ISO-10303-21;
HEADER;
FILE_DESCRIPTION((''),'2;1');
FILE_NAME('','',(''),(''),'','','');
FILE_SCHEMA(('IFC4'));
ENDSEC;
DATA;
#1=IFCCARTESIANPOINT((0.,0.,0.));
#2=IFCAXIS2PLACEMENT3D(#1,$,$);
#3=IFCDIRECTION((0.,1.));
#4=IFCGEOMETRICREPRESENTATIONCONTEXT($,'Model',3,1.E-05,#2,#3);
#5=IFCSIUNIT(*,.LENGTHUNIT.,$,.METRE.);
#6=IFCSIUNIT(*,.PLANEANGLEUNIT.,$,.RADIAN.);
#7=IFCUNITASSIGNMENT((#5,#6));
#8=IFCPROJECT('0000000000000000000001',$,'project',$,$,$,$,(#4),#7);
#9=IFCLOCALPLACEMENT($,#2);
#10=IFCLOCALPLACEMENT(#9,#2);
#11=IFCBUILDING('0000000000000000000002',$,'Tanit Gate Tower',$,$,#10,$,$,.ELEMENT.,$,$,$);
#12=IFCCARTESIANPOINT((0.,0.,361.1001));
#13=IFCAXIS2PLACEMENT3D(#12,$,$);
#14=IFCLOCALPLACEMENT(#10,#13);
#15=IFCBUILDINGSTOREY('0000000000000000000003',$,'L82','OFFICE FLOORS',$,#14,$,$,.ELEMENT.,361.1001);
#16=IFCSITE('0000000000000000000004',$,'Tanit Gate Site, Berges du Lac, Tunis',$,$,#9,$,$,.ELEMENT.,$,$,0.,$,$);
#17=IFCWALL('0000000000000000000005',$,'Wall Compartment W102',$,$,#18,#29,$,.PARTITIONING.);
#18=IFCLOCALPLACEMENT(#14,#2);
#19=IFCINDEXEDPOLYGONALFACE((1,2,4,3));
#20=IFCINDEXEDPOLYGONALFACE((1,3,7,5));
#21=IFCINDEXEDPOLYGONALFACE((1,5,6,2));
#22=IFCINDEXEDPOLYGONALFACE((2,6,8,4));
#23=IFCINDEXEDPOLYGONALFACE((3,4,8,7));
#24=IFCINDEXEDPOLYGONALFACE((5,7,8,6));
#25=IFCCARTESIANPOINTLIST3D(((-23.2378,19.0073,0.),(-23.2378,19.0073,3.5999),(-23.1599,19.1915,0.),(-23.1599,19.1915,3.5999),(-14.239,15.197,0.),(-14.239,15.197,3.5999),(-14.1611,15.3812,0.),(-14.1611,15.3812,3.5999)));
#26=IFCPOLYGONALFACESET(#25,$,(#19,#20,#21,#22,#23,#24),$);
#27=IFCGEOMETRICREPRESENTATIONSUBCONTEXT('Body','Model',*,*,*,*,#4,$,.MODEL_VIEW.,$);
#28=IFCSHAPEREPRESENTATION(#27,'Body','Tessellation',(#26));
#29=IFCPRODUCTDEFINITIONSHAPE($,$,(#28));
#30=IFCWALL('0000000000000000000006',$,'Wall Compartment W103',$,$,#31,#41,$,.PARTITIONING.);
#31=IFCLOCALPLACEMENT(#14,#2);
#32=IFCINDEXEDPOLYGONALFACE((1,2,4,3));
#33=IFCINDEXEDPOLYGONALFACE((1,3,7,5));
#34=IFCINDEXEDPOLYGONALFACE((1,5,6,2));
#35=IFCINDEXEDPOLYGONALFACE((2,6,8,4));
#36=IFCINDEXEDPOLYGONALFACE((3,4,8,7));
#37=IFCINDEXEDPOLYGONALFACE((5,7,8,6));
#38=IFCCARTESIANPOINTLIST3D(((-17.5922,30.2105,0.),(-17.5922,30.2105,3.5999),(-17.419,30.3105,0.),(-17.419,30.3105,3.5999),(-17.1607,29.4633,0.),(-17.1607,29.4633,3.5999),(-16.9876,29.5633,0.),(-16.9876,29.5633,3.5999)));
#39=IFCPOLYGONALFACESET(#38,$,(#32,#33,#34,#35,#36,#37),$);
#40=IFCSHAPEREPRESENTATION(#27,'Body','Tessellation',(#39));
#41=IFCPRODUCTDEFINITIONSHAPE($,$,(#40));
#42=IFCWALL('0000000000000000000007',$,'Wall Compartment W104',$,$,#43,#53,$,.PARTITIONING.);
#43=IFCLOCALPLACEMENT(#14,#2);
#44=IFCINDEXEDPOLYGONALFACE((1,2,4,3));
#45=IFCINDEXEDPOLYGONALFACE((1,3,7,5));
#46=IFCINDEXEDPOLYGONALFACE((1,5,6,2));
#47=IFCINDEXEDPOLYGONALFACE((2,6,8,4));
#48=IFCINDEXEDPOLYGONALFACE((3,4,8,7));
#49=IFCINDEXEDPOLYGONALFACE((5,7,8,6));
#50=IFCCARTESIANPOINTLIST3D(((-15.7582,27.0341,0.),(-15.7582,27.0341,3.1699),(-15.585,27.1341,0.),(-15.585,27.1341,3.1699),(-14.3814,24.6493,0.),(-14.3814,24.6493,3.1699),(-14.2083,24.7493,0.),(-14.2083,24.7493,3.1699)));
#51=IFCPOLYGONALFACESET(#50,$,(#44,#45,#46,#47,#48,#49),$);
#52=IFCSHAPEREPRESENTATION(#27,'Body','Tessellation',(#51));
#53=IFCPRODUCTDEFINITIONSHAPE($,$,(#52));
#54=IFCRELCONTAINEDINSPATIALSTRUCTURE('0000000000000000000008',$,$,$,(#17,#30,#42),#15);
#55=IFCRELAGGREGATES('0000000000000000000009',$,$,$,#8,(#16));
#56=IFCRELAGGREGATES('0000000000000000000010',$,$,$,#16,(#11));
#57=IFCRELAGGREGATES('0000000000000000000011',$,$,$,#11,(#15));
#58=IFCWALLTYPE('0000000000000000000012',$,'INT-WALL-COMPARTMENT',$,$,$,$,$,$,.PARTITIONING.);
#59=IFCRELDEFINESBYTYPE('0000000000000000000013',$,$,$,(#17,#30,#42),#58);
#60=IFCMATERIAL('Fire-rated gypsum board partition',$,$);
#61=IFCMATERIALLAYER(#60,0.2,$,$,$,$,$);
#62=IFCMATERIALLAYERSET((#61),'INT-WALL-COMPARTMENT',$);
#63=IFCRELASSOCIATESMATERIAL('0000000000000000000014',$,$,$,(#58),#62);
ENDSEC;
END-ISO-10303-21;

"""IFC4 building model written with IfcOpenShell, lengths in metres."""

from ifc_helpers import new_model, si_unit, direction, frame, frame_2d, origin, place, context, subcontext, project, spatial, rectangle, extrude, material, layer, layer_set, type_object, element, save


model = new_model("IFC4")

# Units and contexts
model_context = context("Model", 3, precision=1e-05, world=origin(), true_north=direction((0.0, 1.0)))
body_context = subcontext(model_context, "Body", "Model", "MODEL_VIEW")
ifc_project = project(units=[si_unit("LENGTHUNIT", "METRE"), si_unit("PLANEANGLEUNIT", "RADIAN")], contexts=[model_context])

# Site, building, storey
site_placement = place(None, origin())
site = spatial("IfcSite", under=ifc_project, at=site_placement, Name="Tanit Gate Site, Berges du Lac, Tunis", CompositionType="ELEMENT", RefElevation=0.0)
building_placement = place(site_placement, origin())
building = spatial("IfcBuilding", under=site, at=building_placement, Name="Tanit Gate Tower", CompositionType="ELEMENT")
storey_placement = place(building_placement, frame((0.0, 0.0, 361.1001)))
storey = spatial("IfcBuildingStorey", under=building, at=storey_placement, Name="L82", Description="OFFICE FLOORS", CompositionType="ELEMENT", Elevation=361.1001)

# Shared definitions
ifc_material_1 = material(Name="Fire-rated gypsum board partition")
ifc_layer_1 = layer(ifc_material_1, 0.2)
ifc_layer_set_1 = layer_set([ifc_layer_1], Name="INT-WALL-COMPARTMENT")
wall_type_1 = type_object("IfcWallType", Name="INT-WALL-COMPARTMENT", PredefinedType="PARTITIONING", material=ifc_layer_set_1)

# Walls
wall_1_placement = place(storey_placement, frame((-14.2, 15.2891, 0.0), z_axis=(0.0, 0.0, 1.0), x_axis=(-0.920852, 0.389911, 0.0)))
element("IfcWall", 1, at=wall_1_placement, inside=storey, type_object=wall_type_1, Name="Wall Compartment W102", PredefinedType="PARTITIONING", context=body_context, shape_type="SweptSolid", body=[
    extrude(rectangle(XDim=9.7722, YDim=0.2, at=frame_2d((4.8862, 0.0))), origin(), (0.0, 0.0, 1.0), 3.5999),
])
wall_2_placement = place(storey_placement, frame((-17.5056, 30.2605, 0.0), z_axis=(0.0, 0.0, 1.0), x_axis=(0.500065, -0.865988, 0.0)))
element("IfcWall", 2, at=wall_2_placement, inside=storey, type_object=wall_type_1, Name="Wall Compartment W103", PredefinedType="PARTITIONING", context=body_context, shape_type="SweptSolid", body=[
    extrude(rectangle(XDim=0.8628, YDim=0.2, at=frame_2d((0.4314, 0.0))), origin(), (0.0, 0.0, 1.0), 3.5999),
])
wall_3_placement = place(storey_placement, frame((-15.6716, 27.0842, 0.0), z_axis=(0.0, 0.0, 1.0), x_axis=(0.499963, -0.866047, 0.0)))
element("IfcWall", 3, at=wall_3_placement, inside=storey, type_object=wall_type_1, Name="Wall Compartment W104", PredefinedType="PARTITIONING", context=body_context, shape_type="SweptSolid", body=[
    extrude(rectangle(XDim=2.7537, YDim=0.2, at=frame_2d((1.377, 0.0))), origin(), (0.0, 0.0, 1.0), 3.1699),
])

save(model, "model.ifc")
